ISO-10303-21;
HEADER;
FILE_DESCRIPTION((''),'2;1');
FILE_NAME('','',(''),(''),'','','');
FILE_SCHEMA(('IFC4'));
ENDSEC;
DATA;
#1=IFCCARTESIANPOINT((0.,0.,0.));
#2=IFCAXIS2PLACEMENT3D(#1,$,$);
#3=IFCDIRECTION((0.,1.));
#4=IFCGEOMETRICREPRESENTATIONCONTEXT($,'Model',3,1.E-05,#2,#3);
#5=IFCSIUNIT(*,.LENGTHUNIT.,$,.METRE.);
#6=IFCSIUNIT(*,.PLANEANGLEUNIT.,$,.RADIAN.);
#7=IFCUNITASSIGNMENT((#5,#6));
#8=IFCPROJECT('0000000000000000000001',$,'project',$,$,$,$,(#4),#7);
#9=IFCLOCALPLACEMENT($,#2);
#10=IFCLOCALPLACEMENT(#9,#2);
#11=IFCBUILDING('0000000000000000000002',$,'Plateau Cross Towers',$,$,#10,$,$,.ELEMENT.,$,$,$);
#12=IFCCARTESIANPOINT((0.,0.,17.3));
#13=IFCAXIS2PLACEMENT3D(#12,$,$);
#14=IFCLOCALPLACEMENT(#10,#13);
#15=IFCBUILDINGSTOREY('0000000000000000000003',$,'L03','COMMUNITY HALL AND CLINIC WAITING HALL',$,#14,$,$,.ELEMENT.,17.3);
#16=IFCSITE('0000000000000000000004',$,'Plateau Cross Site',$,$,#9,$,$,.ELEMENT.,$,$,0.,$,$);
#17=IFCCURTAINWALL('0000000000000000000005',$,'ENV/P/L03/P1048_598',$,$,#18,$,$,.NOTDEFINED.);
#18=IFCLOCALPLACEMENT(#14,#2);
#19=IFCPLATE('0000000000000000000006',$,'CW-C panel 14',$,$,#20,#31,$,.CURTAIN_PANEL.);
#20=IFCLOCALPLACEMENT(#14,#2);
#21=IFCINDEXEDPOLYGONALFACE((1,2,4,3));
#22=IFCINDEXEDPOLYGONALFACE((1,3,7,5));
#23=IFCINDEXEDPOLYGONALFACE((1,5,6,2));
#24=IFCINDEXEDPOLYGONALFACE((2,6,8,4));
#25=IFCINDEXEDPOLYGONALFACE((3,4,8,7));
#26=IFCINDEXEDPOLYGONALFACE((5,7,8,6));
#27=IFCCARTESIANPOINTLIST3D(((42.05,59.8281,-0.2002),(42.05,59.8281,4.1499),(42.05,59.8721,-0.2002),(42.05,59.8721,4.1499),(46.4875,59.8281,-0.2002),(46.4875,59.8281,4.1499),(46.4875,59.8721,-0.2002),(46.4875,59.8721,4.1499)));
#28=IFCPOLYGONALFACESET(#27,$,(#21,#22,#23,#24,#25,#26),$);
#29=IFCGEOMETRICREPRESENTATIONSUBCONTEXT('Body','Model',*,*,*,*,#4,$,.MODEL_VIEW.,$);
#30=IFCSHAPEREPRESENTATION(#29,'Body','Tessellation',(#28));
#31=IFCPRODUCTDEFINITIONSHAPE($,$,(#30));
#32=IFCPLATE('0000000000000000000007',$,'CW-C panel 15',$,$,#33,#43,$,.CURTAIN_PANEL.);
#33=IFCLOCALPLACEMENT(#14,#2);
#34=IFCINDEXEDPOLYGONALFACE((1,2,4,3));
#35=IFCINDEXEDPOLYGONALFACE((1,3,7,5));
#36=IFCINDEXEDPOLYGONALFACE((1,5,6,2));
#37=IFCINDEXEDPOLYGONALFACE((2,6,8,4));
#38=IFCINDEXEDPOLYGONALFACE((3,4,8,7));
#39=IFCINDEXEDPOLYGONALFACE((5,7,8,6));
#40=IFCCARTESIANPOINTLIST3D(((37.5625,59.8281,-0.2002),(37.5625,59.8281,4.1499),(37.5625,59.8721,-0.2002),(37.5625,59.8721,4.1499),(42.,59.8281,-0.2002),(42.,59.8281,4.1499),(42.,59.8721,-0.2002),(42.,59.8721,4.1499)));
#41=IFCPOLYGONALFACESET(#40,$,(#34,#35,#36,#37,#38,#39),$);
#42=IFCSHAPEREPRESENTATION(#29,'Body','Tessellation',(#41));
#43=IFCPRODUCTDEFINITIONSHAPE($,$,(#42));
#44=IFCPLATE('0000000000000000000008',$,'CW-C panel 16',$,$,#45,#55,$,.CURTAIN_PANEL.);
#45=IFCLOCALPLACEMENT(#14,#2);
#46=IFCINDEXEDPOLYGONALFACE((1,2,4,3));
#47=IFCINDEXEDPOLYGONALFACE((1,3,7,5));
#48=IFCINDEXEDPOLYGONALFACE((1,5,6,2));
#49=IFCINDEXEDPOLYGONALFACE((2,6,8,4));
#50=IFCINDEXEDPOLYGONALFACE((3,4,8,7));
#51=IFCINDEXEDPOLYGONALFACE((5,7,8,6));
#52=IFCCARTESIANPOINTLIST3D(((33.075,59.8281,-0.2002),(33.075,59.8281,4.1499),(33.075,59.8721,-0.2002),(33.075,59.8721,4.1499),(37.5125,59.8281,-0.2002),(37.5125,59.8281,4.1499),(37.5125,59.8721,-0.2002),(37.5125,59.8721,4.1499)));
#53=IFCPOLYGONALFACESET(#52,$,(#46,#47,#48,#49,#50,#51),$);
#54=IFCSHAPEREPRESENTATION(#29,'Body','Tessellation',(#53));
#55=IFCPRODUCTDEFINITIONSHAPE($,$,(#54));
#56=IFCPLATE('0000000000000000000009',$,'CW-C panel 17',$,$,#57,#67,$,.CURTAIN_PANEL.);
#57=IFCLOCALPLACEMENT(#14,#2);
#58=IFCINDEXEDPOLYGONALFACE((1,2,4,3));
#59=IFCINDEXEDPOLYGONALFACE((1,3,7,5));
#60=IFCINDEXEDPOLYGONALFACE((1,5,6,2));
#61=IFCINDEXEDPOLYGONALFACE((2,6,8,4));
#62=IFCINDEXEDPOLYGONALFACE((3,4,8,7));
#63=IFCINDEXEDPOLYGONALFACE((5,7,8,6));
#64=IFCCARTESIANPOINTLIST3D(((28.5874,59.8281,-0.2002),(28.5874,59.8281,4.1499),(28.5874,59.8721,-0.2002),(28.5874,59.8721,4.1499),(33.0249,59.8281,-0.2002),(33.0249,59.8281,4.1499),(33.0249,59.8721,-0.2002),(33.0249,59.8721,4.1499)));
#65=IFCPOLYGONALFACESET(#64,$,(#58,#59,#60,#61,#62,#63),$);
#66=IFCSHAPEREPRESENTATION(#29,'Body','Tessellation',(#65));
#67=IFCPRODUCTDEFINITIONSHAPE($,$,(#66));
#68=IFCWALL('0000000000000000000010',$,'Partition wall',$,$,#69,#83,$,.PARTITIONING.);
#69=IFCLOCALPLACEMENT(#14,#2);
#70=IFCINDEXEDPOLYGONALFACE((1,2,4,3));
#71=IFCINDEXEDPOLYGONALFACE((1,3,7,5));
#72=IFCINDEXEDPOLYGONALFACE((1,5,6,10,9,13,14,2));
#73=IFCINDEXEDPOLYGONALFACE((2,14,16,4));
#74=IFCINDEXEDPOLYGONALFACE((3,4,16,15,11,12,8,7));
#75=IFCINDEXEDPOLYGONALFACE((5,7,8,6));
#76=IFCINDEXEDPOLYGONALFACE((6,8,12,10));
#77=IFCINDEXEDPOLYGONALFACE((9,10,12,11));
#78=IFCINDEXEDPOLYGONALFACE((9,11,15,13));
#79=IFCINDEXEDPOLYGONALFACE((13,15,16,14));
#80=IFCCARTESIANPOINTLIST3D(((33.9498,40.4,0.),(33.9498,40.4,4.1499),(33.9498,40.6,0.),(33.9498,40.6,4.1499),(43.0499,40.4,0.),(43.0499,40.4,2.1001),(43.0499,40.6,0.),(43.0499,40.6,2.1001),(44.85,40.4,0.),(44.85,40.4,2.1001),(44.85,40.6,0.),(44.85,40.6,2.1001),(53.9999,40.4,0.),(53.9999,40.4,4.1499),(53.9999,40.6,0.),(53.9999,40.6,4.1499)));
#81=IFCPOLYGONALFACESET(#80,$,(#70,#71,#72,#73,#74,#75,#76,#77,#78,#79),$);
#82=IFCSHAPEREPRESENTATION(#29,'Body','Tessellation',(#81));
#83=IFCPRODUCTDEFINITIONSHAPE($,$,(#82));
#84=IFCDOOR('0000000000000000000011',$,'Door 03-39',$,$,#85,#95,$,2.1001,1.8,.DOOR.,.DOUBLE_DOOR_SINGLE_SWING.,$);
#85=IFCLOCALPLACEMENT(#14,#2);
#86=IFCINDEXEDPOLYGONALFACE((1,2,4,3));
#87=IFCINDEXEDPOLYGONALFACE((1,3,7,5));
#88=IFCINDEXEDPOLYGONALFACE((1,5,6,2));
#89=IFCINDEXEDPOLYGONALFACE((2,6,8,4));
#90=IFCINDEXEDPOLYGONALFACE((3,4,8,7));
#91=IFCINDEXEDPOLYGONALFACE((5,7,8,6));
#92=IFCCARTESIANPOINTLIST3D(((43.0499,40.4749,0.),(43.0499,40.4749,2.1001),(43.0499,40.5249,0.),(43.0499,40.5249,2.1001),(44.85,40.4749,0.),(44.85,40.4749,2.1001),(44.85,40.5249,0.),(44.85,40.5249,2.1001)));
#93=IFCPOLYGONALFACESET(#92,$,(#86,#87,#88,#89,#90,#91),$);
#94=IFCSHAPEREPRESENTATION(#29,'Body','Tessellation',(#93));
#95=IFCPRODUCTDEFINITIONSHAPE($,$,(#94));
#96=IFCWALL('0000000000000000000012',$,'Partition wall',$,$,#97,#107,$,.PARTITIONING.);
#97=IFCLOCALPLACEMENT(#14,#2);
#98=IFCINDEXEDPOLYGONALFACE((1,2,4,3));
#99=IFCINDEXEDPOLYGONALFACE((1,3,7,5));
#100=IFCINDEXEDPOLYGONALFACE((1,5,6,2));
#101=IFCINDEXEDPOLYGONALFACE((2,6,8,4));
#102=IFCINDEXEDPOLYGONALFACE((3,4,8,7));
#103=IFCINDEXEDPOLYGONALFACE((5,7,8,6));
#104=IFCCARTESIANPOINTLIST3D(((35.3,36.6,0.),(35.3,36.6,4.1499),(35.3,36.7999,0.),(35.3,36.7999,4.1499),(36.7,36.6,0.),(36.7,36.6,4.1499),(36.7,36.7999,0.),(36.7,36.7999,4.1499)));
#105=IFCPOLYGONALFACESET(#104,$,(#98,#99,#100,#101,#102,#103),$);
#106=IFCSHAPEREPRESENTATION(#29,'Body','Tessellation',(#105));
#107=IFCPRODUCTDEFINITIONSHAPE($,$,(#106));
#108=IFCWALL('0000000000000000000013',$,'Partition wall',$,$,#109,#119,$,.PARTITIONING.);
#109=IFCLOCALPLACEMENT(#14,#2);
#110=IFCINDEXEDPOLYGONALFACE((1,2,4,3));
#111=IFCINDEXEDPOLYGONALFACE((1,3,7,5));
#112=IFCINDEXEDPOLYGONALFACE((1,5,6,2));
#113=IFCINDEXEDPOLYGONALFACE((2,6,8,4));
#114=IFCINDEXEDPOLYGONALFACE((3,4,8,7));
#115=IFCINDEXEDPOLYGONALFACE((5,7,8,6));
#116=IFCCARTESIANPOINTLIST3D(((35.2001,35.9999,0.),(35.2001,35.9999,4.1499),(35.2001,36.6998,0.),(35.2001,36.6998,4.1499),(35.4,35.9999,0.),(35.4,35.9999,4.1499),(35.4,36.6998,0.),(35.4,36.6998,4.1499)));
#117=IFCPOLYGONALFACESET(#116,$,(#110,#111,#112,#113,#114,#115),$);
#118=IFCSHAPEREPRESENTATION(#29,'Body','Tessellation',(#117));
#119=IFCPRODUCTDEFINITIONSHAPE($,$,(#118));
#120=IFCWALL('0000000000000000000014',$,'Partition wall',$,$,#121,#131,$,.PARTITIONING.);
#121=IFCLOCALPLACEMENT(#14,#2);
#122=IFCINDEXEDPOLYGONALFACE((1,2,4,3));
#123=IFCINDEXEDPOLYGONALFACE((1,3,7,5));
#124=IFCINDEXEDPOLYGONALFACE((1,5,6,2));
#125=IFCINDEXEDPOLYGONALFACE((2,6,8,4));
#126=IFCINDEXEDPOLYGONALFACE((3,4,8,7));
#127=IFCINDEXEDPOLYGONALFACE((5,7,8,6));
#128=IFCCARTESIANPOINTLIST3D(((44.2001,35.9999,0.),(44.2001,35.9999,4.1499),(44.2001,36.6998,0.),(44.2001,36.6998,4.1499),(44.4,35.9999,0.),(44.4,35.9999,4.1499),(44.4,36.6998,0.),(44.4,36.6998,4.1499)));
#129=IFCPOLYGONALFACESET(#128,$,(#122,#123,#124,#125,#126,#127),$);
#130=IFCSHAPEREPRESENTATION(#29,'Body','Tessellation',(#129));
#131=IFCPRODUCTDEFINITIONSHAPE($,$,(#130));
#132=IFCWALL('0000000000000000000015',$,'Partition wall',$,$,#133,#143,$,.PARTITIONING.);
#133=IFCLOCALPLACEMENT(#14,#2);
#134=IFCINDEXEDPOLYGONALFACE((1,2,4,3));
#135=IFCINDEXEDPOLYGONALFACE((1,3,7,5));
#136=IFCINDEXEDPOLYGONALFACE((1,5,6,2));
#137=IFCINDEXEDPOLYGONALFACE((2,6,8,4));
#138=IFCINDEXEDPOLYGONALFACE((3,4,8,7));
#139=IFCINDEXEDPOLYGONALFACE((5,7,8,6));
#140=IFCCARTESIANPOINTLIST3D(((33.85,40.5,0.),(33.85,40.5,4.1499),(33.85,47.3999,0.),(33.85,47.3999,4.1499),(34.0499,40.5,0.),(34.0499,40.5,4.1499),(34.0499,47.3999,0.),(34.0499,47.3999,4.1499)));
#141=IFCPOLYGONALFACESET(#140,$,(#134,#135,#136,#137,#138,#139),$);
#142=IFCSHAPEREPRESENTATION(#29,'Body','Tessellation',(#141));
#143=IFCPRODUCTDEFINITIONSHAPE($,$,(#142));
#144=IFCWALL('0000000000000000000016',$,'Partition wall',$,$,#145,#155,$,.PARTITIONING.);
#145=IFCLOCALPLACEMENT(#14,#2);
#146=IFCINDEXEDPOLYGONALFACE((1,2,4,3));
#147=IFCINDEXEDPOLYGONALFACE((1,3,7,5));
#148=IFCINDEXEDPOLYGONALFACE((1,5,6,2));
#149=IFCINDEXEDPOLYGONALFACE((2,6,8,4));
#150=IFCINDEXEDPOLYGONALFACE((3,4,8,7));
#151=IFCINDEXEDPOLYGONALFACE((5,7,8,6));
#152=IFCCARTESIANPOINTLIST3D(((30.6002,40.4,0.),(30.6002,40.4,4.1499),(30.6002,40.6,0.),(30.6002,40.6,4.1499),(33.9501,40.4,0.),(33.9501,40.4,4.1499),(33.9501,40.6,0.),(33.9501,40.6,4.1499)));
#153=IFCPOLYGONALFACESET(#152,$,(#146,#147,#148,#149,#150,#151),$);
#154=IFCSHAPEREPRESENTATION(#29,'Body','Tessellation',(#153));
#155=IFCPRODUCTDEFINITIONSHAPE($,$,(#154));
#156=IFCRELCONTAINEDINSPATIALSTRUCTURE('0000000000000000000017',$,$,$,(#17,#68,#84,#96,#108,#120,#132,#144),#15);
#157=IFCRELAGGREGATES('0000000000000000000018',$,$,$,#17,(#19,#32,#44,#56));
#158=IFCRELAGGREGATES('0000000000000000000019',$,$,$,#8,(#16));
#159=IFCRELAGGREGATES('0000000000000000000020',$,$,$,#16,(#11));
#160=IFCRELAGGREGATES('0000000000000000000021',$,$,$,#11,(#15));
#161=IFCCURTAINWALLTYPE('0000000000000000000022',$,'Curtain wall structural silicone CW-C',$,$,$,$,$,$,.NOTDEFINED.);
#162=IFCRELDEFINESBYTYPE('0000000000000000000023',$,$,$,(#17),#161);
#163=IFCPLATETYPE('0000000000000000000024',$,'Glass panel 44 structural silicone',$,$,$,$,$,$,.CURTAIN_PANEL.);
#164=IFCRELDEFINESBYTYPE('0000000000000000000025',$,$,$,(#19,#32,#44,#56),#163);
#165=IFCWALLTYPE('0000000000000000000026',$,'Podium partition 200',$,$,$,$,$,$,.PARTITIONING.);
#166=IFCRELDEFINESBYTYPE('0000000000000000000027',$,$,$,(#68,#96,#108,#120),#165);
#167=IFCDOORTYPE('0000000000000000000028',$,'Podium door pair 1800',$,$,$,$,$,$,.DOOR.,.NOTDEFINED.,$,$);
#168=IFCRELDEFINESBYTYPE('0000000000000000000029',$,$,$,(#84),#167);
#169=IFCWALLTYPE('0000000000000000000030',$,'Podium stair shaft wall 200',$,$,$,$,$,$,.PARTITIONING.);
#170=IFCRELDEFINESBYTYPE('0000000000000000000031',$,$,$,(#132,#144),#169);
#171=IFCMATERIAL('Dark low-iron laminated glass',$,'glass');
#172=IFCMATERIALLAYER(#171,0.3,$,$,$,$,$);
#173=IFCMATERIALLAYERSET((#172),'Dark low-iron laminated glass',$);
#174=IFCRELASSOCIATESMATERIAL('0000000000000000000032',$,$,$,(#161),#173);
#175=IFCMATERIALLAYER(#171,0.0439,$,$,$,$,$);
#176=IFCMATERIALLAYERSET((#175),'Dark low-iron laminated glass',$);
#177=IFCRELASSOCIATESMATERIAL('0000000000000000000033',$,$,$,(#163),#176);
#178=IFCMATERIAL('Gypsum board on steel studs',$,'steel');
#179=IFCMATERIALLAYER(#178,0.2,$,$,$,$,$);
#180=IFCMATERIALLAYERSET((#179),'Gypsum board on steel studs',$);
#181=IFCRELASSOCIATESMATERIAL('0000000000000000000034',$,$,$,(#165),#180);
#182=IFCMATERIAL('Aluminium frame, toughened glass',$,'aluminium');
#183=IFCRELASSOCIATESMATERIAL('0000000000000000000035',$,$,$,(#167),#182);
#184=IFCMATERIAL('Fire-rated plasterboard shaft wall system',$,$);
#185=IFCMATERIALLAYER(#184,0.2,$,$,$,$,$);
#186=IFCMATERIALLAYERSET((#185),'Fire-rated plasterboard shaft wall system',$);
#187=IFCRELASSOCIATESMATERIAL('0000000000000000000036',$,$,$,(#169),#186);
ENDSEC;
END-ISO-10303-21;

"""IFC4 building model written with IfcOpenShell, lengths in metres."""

from ifc_helpers import new_model, si_unit, direction, frame, frame_2d, origin, origin_2d, place, context, subcontext, project, spatial, rectangle, extrude, material, layer, layer_set, type_object, element, fill, aggregate, save


model = new_model("IFC4")

# Units and contexts
model_context = context("Model", 3, precision=1e-05, world=origin(), true_north=direction((0.0, 1.0)))
body_context = subcontext(model_context, "Body", "Model", "MODEL_VIEW")
ifc_project = project(units=[si_unit("LENGTHUNIT", "METRE"), si_unit("PLANEANGLEUNIT", "RADIAN")], contexts=[model_context])

# Site, building, storey
site_placement = place(None, origin())
site = spatial("IfcSite", under=ifc_project, at=site_placement, Name="Plateau Cross Site", CompositionType="ELEMENT", RefElevation=0.0)
building_placement = place(site_placement, origin())
building = spatial("IfcBuilding", under=site, at=building_placement, Name="Plateau Cross Towers", CompositionType="ELEMENT")
storey_placement = place(building_placement, frame((0.0, 0.0, 17.3)))
storey = spatial("IfcBuildingStorey", under=building, at=storey_placement, Name="L03", Description="COMMUNITY HALL AND CLINIC WAITING HALL", CompositionType="ELEMENT", Elevation=17.3)

# Curtain wall
ifc_material_1 = material(Name="Dark low-iron laminated glass", Category="glass")
ifc_layer_1 = layer(ifc_material_1, 0.3)
ifc_layer_set_1 = layer_set([ifc_layer_1], Name="Dark low-iron laminated glass")
curtain_wall_type = type_object("IfcCurtainWallType", Name="Curtain wall structural silicone CW-C", PredefinedType="NOTDEFINED", material=ifc_layer_set_1)
curtain_wall_placement = place(storey_placement, origin())
curtain_wall = element("IfcCurtainWall", 1, at=curtain_wall_placement, inside=storey, type_object=curtain_wall_type, Name="ENV/P/L03/P1048_598", PredefinedType="NOTDEFINED")

# Plates
ifc_layer_2 = layer(ifc_material_1, 0.0439)
ifc_layer_set_2 = layer_set([ifc_layer_2], Name="Dark low-iron laminated glass")
plate_type = type_object("IfcPlateType", Name="Glass panel 44 structural silicone", PredefinedType="CURTAIN_PANEL", material=ifc_layer_set_2)
plate_1_placement = place(storey_placement, frame((44.2688, 59.8501, -0.2002), z_axis=(0.0, 0.0, 1.0), x_axis=(-1.0, 0.0, 0.0)))
plate_1 = element("IfcPlate", 2, at=plate_1_placement, type_object=plate_type, Name="CW-C panel 14", PredefinedType="CURTAIN_PANEL", context=body_context, shape_type="SweptSolid", body=[
    extrude(rectangle(XDim=4.4375, YDim=0.0439, at=origin_2d()), origin(), (0.0, 0.0, 1.0), 4.3501),
])
plate_2_placement = place(storey_placement, frame((39.7812, 59.8501, -0.2002), z_axis=(0.0, 0.0, 1.0), x_axis=(-1.0, 0.0, 0.0)))
plate_2 = element("IfcPlate", 3, at=plate_2_placement, type_object=plate_type, Name="CW-C panel 15", PredefinedType="CURTAIN_PANEL", context=body_context, shape_type="SweptSolid", body=[
    extrude(rectangle(XDim=4.4375, YDim=0.0439, at=origin_2d()), origin(), (0.0, 0.0, 1.0), 4.3501),
])
plate_3_placement = place(storey_placement, frame((35.2937, 59.8501, -0.2002), z_axis=(0.0, 0.0, 1.0), x_axis=(-1.0, 0.0, 0.0)))
plate_3 = element("IfcPlate", 4, at=plate_3_placement, type_object=plate_type, Name="CW-C panel 16", PredefinedType="CURTAIN_PANEL", context=body_context, shape_type="SweptSolid", body=[
    extrude(rectangle(XDim=4.4375, YDim=0.0439, at=origin_2d()), origin(), (0.0, 0.0, 1.0), 4.3501),
])
plate_4_placement = place(storey_placement, frame((30.8062, 59.8501, -0.2002), z_axis=(0.0, 0.0, 1.0), x_axis=(-1.0, 0.0, 0.0)))
plate_4 = element("IfcPlate", 5, at=plate_4_placement, type_object=plate_type, Name="CW-C panel 17", PredefinedType="CURTAIN_PANEL", context=body_context, shape_type="SweptSolid", body=[
    extrude(rectangle(XDim=4.4375, YDim=0.0439, at=origin_2d()), origin(), (0.0, 0.0, 1.0), 4.3501),
])
aggregate(curtain_wall, [plate_1, plate_2, plate_3, plate_4])

# Wall, opening, door
ifc_material_2 = material(Name="Gypsum board on steel studs", Category="steel")
ifc_layer_3 = layer(ifc_material_2, 0.2)
ifc_layer_set_3 = layer_set([ifc_layer_3], Name="Gypsum board on steel studs")
wall_type_1 = type_object("IfcWallType", Name="Podium partition 200", PredefinedType="PARTITIONING", material=ifc_layer_set_3)
wall_1_placement = place(storey_placement, frame((33.95, 40.5, 0.0), z_axis=(0.0, 0.0, 1.0), x_axis=(1.0, 0.0, 0.0)))
wall_1 = element("IfcWall", 6, at=wall_1_placement, inside=storey, type_object=wall_type_1, Name="Partition wall", PredefinedType="PARTITIONING", context=body_context, shape_type="SweptSolid", body=[
    extrude(rectangle(XDim=20.05, YDim=0.2, at=frame_2d((10.0249, 0.0))), origin(), (0.0, 0.0, 1.0), 4.1499),
])
opening_placement = place(wall_1_placement, frame((9.1001, 0.0, 0.0)))
opening = element("IfcOpeningElement", 7, at=opening_placement, cuts=wall_1, PredefinedType="OPENING", context=body_context, shape_type="SweptSolid", body=[
    extrude(rectangle(XDim=1.8, YDim=2.1001, at=frame_2d((0.8999, 1.05))), frame((0.0, 0.1099, 0.0), z_axis=(0.0, -1.0, 0.0), x_axis=(1.0, 0.0, 0.0)), (0.0, 0.0, 1.0), 0.22),
])
ifc_material_3 = material(Name="Aluminium frame, toughened glass", Category="aluminium")
door_type = type_object("IfcDoorType", Name="Podium door pair 1800", OperationType="NOTDEFINED", PredefinedType="DOOR", material=ifc_material_3)
door_placement = place(opening_placement, origin())
door = element("IfcDoor", 8, at=door_placement, inside=storey, type_object=door_type, Name="Door 03-39", OperationType="DOUBLE_DOOR_SINGLE_SWING", OverallHeight=2.1001, OverallWidth=1.8, PredefinedType="DOOR", context=body_context, shape_type="SweptSolid", body=[
    extrude(rectangle(XDim=1.8, YDim=2.1001, at=frame_2d((0.8999, 1.05))), frame((0.0, 0.0249, 0.0), z_axis=(0.0, -1.0, 0.0), x_axis=(1.0, 0.0, 0.0)), (0.0, 0.0, 1.0), 0.05),
])
fill(opening, door)

# Walls
wall_2_placement = place(storey_placement, frame((36.7, 36.7, 0.0), z_axis=(0.0, 0.0, 1.0), x_axis=(-1.0, 0.0, 0.0)))
element("IfcWall", 9, at=wall_2_placement, inside=storey, type_object=wall_type_1, Name="Partition wall", PredefinedType="PARTITIONING", context=body_context, shape_type="SweptSolid", body=[
    extrude(rectangle(XDim=1.3999, YDim=0.2, at=frame_2d((0.7, 0.0))), origin(), (0.0, 0.0, 1.0), 4.1499),
])
for number, where, z_axis, x_axis, name in (
    (10, (35.3, 36.7, 0.0), (0.0, 0.0, 1.0), (0.0, -1.0, 0.0), "Partition wall"),
    (11, (44.3, 36.7, 0.0), (0.0, 0.0, 1.0), (0.0, -1.0, 0.0), "Partition wall"),
):
    element("IfcWall", number, at=place(storey_placement, frame(where, z_axis=z_axis, x_axis=x_axis)), inside=storey, type_object=wall_type_1, Name=name, PredefinedType="PARTITIONING", context=body_context, shape_type="SweptSolid", body=[
        extrude(rectangle(XDim=0.7, YDim=0.2, at=frame_2d((0.3501, 0.0))), origin(), (0.0, 0.0, 1.0), 4.1499),
    ])
ifc_material_4 = material(Name="Fire-rated plasterboard shaft wall system")
ifc_layer_4 = layer(ifc_material_4, 0.2)
ifc_layer_set_4 = layer_set([ifc_layer_4], Name="Fire-rated plasterboard shaft wall system")
wall_type_2 = type_object("IfcWallType", Name="Podium stair shaft wall 200", PredefinedType="PARTITIONING", material=ifc_layer_set_4)
wall_3_placement = place(storey_placement, frame((33.95, 47.3999, 0.0), z_axis=(0.0, 0.0, 1.0), x_axis=(0.0, -1.0, 0.0)))
element("IfcWall", 12, at=wall_3_placement, inside=storey, type_object=wall_type_2, Name="Partition wall", PredefinedType="PARTITIONING", context=body_context, shape_type="SweptSolid", body=[
    extrude(rectangle(XDim=6.8999, YDim=0.2, at=frame_2d((3.45, 0.0))), origin(), (0.0, 0.0, 1.0), 4.1499),
])
wall_4_placement = place(storey_placement, frame((33.95, 40.5, 0.0), z_axis=(0.0, 0.0, 1.0), x_axis=(-1.0, 0.0, 0.0)))
element("IfcWall", 13, at=wall_4_placement, inside=storey, type_object=wall_type_2, Name="Partition wall", PredefinedType="PARTITIONING", context=body_context, shape_type="SweptSolid", body=[
    extrude(rectangle(XDim=3.3499, YDim=0.2, at=frame_2d((1.6748, 0.0))), origin(), (0.0, 0.0, 1.0), 4.1499),
])

save(model, "model.ifc")
